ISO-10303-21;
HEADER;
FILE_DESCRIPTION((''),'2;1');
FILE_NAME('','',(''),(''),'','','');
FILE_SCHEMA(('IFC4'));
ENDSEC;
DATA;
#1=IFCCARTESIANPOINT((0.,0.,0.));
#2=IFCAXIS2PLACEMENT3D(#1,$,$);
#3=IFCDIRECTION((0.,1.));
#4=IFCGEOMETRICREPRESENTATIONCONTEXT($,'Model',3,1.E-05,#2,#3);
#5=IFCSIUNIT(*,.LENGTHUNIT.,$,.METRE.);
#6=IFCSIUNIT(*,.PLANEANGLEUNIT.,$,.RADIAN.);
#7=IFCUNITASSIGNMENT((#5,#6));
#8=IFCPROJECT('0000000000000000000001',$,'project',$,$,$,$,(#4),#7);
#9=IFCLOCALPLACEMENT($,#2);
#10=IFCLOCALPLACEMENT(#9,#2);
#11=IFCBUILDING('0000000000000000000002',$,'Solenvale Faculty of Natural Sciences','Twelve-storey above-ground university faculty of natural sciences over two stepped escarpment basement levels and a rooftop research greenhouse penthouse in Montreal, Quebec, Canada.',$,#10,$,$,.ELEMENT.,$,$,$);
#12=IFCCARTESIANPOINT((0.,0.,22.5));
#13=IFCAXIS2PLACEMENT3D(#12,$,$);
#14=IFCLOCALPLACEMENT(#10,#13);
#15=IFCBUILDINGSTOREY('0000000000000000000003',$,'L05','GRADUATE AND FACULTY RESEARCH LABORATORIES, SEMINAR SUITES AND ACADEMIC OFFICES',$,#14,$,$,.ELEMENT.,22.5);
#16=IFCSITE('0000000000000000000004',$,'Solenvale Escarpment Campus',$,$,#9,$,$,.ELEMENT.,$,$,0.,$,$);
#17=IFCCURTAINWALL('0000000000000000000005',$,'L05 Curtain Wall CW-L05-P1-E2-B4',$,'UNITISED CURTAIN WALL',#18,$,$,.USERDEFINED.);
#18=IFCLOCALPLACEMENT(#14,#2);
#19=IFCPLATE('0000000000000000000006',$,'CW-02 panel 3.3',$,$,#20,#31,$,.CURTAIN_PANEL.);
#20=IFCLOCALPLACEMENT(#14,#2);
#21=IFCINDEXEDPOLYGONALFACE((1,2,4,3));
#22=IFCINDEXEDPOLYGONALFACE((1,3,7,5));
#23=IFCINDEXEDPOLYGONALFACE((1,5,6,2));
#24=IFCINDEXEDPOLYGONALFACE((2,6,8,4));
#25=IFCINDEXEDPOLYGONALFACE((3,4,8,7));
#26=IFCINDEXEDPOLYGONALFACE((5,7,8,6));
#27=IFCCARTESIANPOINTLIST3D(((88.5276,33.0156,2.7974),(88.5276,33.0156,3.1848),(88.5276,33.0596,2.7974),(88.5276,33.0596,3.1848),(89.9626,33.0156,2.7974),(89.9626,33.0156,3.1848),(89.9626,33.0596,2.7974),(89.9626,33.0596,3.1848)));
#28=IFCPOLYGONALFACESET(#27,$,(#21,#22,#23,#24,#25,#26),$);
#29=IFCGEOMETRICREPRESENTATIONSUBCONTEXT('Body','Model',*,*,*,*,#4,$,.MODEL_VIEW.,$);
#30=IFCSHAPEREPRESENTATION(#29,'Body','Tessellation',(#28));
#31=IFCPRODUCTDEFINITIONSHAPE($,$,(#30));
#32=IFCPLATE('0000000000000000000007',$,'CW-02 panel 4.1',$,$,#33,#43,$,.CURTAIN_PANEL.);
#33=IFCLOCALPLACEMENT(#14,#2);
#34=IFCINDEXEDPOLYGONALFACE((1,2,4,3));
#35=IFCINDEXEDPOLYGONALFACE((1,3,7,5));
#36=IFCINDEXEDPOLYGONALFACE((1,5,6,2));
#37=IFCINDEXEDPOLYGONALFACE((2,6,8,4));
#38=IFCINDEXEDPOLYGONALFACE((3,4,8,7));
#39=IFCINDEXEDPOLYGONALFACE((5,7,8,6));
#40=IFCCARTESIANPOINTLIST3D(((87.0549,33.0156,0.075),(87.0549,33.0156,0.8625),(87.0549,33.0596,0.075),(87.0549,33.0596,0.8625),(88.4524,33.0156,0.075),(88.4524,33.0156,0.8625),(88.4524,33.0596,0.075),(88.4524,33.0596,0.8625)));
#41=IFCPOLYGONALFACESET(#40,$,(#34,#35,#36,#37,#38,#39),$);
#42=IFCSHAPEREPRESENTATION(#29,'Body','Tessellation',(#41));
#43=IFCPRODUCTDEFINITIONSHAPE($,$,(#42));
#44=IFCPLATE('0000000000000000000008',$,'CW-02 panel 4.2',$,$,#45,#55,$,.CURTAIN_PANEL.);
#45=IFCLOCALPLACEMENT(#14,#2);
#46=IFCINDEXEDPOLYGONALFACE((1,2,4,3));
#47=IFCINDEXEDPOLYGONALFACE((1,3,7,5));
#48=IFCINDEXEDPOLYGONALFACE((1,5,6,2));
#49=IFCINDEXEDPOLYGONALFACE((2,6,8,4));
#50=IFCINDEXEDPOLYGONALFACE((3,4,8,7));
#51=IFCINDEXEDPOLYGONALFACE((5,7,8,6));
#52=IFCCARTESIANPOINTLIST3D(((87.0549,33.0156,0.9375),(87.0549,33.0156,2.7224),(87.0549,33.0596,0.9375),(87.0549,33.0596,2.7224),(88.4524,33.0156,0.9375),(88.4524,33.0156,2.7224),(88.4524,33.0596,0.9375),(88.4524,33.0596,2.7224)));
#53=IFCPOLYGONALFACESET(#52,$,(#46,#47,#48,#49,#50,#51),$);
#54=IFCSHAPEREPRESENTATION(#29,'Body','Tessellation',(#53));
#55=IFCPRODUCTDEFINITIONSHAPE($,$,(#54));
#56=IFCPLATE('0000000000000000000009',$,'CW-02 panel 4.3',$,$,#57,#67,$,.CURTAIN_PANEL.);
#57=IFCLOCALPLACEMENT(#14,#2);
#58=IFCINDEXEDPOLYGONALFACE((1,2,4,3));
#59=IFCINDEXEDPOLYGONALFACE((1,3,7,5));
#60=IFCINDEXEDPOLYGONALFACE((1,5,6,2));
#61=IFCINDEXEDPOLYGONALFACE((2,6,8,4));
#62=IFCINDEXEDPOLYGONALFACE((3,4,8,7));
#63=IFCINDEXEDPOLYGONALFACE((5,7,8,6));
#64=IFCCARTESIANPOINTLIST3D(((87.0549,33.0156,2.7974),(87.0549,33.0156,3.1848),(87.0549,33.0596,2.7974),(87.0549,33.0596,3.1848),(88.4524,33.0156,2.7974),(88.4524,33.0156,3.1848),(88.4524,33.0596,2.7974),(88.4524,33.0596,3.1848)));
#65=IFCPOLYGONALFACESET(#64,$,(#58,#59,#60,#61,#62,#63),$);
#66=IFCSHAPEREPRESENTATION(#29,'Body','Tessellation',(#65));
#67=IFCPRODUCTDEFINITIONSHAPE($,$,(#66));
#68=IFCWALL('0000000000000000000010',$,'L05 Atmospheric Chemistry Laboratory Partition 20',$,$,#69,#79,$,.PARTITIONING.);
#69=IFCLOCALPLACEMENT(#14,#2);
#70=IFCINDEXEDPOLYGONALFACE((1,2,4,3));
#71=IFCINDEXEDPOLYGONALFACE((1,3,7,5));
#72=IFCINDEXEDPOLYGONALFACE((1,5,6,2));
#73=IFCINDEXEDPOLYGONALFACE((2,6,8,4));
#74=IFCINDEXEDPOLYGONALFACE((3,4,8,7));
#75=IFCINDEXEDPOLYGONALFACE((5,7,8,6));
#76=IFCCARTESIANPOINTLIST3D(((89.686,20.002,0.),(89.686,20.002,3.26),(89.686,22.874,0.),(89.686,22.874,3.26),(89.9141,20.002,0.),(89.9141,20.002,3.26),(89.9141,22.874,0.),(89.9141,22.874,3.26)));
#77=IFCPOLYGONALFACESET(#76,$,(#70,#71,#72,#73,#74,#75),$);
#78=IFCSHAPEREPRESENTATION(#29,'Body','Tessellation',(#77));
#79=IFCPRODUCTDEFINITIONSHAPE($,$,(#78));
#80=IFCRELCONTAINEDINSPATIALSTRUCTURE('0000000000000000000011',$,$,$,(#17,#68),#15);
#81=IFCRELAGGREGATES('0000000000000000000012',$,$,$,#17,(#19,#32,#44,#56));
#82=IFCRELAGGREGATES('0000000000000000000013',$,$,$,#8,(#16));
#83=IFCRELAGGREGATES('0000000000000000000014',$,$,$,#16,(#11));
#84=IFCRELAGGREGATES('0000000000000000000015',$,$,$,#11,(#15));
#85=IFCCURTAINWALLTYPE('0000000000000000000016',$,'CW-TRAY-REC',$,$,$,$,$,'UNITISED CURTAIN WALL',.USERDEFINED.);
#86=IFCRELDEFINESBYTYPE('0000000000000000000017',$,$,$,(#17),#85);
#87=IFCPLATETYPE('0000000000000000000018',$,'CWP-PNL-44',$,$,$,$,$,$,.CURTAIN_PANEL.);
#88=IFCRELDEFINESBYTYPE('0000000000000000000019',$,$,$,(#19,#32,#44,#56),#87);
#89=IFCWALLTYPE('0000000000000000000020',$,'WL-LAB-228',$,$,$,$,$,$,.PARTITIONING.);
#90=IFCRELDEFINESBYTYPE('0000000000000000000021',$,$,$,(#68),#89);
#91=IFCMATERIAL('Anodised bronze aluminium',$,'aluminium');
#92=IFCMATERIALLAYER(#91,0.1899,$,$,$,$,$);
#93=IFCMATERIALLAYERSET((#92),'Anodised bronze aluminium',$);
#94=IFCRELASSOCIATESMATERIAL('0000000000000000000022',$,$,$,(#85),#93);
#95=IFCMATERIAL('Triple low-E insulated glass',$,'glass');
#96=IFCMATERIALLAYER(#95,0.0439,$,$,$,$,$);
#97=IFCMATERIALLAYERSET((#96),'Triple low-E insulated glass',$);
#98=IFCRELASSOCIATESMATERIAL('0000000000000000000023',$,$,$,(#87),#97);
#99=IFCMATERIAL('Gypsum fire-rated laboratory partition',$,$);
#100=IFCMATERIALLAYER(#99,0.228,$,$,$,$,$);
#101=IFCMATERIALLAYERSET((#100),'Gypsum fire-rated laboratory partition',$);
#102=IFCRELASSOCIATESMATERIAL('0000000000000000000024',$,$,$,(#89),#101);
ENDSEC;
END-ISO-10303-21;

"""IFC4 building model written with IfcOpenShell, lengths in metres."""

from ifc_helpers import new_model, si_unit, direction, frame, frame_2d, origin, origin_2d, place, context, subcontext, project, spatial, rectangle, extrude, material, layer, layer_set, type_object, element, aggregate, save


model = new_model("IFC4")

# Units and contexts
model_context = context("Model", 3, precision=1e-05, world=origin(), true_north=direction((0.0, 1.0)))
body_context = subcontext(model_context, "Body", "Model", "MODEL_VIEW")
ifc_project = project(units=[si_unit("LENGTHUNIT", "METRE"), si_unit("PLANEANGLEUNIT", "RADIAN")], contexts=[model_context])

# Site, building, storey
site_placement = place(None, origin())
site = spatial("IfcSite", under=ifc_project, at=site_placement, Name="Solenvale Escarpment Campus", CompositionType="ELEMENT", RefElevation=0.0)
building_placement = place(site_placement, origin())
building = spatial("IfcBuilding", under=site, at=building_placement, Name="Solenvale Faculty of Natural Sciences", Description="Twelve-storey above-ground university faculty of natural sciences over two stepped escarpment basement levels and a rooftop research greenhouse penthouse in Montreal, Quebec, Canada.", CompositionType="ELEMENT")
storey_placement = place(building_placement, frame((0.0, 0.0, 22.5)))
storey = spatial("IfcBuildingStorey", under=building, at=storey_placement, Name="L05", Description="GRADUATE AND FACULTY RESEARCH LABORATORIES, SEMINAR SUITES AND ACADEMIC OFFICES", CompositionType="ELEMENT", Elevation=22.5)

# Curtain wall, plates
ifc_material_1 = material(Name="Anodised bronze aluminium", Category="aluminium")
ifc_layer_1 = layer(ifc_material_1, 0.1899)
ifc_layer_set_1 = layer_set([ifc_layer_1], Name="Anodised bronze aluminium")
curtain_wall_type = type_object("IfcCurtainWallType", Name="CW-TRAY-REC", ElementType="UNITISED CURTAIN WALL", PredefinedType="USERDEFINED", material=ifc_layer_set_1)
curtain_wall_placement = place(storey_placement, origin())
curtain_wall = element("IfcCurtainWall", 1, at=curtain_wall_placement, inside=storey, type_object=curtain_wall_type, Name="L05 Curtain Wall CW-L05-P1-E2-B4", ObjectType="UNITISED CURTAIN WALL", PredefinedType="USERDEFINED")
ifc_material_2 = material(Name="Triple low-E insulated glass", Category="glass")
ifc_layer_2 = layer(ifc_material_2, 0.0439)
ifc_layer_set_2 = layer_set([ifc_layer_2], Name="Triple low-E insulated glass")
plate_type = type_object("IfcPlateType", Name="CWP-PNL-44", PredefinedType="CURTAIN_PANEL", material=ifc_layer_set_2)
plate_1_placement = place(storey_placement, frame((89.2451, 33.0376, 2.7974), z_axis=(0.0, 0.0, 1.0), x_axis=(-1.0, 0.0, 0.0)))
plate_1 = element("IfcPlate", 2, at=plate_1_placement, type_object=plate_type, Name="CW-02 panel 3.3", PredefinedType="CURTAIN_PANEL", context=body_context, shape_type="SweptSolid", body=[
    extrude(rectangle(XDim=1.4351, YDim=0.0439, at=origin_2d()), origin(), (0.0, 0.0, 1.0), 0.3875),
])
plate_2_placement = place(storey_placement, frame((87.7537, 33.0376, 0.075), z_axis=(0.0, 0.0, 1.0), x_axis=(-1.0, 0.0, 0.0)))
plate_2 = element("IfcPlate", 3, at=plate_2_placement, type_object=plate_type, Name="CW-02 panel 4.1", PredefinedType="CURTAIN_PANEL", context=body_context, shape_type="SweptSolid", body=[
    extrude(rectangle(XDim=1.3975, YDim=0.0439, at=origin_2d()), origin(), (0.0, 0.0, 1.0), 0.7876),
])
plate_3_placement = place(storey_placement, frame((87.7537, 33.0376, 0.9375), z_axis=(0.0, 0.0, 1.0), x_axis=(-1.0, 0.0, 0.0)))
plate_3 = element("IfcPlate", 4, at=plate_3_placement, type_object=plate_type, Name="CW-02 panel 4.2", PredefinedType="CURTAIN_PANEL", context=body_context, shape_type="SweptSolid", body=[
    extrude(rectangle(XDim=1.3975, YDim=0.0439, at=origin_2d()), origin(), (0.0, 0.0, 1.0), 1.7849),
])
plate_4_placement = place(storey_placement, frame((87.7537, 33.0376, 2.7974), z_axis=(0.0, 0.0, 1.0), x_axis=(-1.0, 0.0, 0.0)))
plate_4 = element("IfcPlate", 5, at=plate_4_placement, type_object=plate_type, Name="CW-02 panel 4.3", PredefinedType="CURTAIN_PANEL", context=body_context, shape_type="SweptSolid", body=[
    extrude(rectangle(XDim=1.3975, YDim=0.0439, at=origin_2d()), origin(), (0.0, 0.0, 1.0), 0.3875),
])
aggregate(curtain_wall, [plate_1, plate_2, plate_3, plate_4])

# Shared definitions
ifc_material_3 = material(Name="Gypsum fire-rated laboratory partition")
ifc_layer_3 = layer(ifc_material_3, 0.228)
ifc_layer_set_3 = layer_set([ifc_layer_3], Name="Gypsum fire-rated laboratory partition")
wall_type = type_object("IfcWallType", Name="WL-LAB-228", PredefinedType="PARTITIONING", material=ifc_layer_set_3)

# Wall
wall_1_placement = place(storey_placement, frame((89.8, 22.874, 0.0), z_axis=(0.0, 0.0, 1.0), x_axis=(0.0, -1.0, 0.0)))
element("IfcWall", 6, at=wall_1_placement, inside=storey, type_object=wall_type, Name="L05 Atmospheric Chemistry Laboratory Partition 20", PredefinedType="PARTITIONING", context=body_context, shape_type="SweptSolid", body=[
    extrude(rectangle(XDim=2.8721, YDim=0.228, at=frame_2d((1.436, 0.0))), origin(), (0.0, 0.0, 1.0), 3.26),
])

save(model, "model.ifc")
